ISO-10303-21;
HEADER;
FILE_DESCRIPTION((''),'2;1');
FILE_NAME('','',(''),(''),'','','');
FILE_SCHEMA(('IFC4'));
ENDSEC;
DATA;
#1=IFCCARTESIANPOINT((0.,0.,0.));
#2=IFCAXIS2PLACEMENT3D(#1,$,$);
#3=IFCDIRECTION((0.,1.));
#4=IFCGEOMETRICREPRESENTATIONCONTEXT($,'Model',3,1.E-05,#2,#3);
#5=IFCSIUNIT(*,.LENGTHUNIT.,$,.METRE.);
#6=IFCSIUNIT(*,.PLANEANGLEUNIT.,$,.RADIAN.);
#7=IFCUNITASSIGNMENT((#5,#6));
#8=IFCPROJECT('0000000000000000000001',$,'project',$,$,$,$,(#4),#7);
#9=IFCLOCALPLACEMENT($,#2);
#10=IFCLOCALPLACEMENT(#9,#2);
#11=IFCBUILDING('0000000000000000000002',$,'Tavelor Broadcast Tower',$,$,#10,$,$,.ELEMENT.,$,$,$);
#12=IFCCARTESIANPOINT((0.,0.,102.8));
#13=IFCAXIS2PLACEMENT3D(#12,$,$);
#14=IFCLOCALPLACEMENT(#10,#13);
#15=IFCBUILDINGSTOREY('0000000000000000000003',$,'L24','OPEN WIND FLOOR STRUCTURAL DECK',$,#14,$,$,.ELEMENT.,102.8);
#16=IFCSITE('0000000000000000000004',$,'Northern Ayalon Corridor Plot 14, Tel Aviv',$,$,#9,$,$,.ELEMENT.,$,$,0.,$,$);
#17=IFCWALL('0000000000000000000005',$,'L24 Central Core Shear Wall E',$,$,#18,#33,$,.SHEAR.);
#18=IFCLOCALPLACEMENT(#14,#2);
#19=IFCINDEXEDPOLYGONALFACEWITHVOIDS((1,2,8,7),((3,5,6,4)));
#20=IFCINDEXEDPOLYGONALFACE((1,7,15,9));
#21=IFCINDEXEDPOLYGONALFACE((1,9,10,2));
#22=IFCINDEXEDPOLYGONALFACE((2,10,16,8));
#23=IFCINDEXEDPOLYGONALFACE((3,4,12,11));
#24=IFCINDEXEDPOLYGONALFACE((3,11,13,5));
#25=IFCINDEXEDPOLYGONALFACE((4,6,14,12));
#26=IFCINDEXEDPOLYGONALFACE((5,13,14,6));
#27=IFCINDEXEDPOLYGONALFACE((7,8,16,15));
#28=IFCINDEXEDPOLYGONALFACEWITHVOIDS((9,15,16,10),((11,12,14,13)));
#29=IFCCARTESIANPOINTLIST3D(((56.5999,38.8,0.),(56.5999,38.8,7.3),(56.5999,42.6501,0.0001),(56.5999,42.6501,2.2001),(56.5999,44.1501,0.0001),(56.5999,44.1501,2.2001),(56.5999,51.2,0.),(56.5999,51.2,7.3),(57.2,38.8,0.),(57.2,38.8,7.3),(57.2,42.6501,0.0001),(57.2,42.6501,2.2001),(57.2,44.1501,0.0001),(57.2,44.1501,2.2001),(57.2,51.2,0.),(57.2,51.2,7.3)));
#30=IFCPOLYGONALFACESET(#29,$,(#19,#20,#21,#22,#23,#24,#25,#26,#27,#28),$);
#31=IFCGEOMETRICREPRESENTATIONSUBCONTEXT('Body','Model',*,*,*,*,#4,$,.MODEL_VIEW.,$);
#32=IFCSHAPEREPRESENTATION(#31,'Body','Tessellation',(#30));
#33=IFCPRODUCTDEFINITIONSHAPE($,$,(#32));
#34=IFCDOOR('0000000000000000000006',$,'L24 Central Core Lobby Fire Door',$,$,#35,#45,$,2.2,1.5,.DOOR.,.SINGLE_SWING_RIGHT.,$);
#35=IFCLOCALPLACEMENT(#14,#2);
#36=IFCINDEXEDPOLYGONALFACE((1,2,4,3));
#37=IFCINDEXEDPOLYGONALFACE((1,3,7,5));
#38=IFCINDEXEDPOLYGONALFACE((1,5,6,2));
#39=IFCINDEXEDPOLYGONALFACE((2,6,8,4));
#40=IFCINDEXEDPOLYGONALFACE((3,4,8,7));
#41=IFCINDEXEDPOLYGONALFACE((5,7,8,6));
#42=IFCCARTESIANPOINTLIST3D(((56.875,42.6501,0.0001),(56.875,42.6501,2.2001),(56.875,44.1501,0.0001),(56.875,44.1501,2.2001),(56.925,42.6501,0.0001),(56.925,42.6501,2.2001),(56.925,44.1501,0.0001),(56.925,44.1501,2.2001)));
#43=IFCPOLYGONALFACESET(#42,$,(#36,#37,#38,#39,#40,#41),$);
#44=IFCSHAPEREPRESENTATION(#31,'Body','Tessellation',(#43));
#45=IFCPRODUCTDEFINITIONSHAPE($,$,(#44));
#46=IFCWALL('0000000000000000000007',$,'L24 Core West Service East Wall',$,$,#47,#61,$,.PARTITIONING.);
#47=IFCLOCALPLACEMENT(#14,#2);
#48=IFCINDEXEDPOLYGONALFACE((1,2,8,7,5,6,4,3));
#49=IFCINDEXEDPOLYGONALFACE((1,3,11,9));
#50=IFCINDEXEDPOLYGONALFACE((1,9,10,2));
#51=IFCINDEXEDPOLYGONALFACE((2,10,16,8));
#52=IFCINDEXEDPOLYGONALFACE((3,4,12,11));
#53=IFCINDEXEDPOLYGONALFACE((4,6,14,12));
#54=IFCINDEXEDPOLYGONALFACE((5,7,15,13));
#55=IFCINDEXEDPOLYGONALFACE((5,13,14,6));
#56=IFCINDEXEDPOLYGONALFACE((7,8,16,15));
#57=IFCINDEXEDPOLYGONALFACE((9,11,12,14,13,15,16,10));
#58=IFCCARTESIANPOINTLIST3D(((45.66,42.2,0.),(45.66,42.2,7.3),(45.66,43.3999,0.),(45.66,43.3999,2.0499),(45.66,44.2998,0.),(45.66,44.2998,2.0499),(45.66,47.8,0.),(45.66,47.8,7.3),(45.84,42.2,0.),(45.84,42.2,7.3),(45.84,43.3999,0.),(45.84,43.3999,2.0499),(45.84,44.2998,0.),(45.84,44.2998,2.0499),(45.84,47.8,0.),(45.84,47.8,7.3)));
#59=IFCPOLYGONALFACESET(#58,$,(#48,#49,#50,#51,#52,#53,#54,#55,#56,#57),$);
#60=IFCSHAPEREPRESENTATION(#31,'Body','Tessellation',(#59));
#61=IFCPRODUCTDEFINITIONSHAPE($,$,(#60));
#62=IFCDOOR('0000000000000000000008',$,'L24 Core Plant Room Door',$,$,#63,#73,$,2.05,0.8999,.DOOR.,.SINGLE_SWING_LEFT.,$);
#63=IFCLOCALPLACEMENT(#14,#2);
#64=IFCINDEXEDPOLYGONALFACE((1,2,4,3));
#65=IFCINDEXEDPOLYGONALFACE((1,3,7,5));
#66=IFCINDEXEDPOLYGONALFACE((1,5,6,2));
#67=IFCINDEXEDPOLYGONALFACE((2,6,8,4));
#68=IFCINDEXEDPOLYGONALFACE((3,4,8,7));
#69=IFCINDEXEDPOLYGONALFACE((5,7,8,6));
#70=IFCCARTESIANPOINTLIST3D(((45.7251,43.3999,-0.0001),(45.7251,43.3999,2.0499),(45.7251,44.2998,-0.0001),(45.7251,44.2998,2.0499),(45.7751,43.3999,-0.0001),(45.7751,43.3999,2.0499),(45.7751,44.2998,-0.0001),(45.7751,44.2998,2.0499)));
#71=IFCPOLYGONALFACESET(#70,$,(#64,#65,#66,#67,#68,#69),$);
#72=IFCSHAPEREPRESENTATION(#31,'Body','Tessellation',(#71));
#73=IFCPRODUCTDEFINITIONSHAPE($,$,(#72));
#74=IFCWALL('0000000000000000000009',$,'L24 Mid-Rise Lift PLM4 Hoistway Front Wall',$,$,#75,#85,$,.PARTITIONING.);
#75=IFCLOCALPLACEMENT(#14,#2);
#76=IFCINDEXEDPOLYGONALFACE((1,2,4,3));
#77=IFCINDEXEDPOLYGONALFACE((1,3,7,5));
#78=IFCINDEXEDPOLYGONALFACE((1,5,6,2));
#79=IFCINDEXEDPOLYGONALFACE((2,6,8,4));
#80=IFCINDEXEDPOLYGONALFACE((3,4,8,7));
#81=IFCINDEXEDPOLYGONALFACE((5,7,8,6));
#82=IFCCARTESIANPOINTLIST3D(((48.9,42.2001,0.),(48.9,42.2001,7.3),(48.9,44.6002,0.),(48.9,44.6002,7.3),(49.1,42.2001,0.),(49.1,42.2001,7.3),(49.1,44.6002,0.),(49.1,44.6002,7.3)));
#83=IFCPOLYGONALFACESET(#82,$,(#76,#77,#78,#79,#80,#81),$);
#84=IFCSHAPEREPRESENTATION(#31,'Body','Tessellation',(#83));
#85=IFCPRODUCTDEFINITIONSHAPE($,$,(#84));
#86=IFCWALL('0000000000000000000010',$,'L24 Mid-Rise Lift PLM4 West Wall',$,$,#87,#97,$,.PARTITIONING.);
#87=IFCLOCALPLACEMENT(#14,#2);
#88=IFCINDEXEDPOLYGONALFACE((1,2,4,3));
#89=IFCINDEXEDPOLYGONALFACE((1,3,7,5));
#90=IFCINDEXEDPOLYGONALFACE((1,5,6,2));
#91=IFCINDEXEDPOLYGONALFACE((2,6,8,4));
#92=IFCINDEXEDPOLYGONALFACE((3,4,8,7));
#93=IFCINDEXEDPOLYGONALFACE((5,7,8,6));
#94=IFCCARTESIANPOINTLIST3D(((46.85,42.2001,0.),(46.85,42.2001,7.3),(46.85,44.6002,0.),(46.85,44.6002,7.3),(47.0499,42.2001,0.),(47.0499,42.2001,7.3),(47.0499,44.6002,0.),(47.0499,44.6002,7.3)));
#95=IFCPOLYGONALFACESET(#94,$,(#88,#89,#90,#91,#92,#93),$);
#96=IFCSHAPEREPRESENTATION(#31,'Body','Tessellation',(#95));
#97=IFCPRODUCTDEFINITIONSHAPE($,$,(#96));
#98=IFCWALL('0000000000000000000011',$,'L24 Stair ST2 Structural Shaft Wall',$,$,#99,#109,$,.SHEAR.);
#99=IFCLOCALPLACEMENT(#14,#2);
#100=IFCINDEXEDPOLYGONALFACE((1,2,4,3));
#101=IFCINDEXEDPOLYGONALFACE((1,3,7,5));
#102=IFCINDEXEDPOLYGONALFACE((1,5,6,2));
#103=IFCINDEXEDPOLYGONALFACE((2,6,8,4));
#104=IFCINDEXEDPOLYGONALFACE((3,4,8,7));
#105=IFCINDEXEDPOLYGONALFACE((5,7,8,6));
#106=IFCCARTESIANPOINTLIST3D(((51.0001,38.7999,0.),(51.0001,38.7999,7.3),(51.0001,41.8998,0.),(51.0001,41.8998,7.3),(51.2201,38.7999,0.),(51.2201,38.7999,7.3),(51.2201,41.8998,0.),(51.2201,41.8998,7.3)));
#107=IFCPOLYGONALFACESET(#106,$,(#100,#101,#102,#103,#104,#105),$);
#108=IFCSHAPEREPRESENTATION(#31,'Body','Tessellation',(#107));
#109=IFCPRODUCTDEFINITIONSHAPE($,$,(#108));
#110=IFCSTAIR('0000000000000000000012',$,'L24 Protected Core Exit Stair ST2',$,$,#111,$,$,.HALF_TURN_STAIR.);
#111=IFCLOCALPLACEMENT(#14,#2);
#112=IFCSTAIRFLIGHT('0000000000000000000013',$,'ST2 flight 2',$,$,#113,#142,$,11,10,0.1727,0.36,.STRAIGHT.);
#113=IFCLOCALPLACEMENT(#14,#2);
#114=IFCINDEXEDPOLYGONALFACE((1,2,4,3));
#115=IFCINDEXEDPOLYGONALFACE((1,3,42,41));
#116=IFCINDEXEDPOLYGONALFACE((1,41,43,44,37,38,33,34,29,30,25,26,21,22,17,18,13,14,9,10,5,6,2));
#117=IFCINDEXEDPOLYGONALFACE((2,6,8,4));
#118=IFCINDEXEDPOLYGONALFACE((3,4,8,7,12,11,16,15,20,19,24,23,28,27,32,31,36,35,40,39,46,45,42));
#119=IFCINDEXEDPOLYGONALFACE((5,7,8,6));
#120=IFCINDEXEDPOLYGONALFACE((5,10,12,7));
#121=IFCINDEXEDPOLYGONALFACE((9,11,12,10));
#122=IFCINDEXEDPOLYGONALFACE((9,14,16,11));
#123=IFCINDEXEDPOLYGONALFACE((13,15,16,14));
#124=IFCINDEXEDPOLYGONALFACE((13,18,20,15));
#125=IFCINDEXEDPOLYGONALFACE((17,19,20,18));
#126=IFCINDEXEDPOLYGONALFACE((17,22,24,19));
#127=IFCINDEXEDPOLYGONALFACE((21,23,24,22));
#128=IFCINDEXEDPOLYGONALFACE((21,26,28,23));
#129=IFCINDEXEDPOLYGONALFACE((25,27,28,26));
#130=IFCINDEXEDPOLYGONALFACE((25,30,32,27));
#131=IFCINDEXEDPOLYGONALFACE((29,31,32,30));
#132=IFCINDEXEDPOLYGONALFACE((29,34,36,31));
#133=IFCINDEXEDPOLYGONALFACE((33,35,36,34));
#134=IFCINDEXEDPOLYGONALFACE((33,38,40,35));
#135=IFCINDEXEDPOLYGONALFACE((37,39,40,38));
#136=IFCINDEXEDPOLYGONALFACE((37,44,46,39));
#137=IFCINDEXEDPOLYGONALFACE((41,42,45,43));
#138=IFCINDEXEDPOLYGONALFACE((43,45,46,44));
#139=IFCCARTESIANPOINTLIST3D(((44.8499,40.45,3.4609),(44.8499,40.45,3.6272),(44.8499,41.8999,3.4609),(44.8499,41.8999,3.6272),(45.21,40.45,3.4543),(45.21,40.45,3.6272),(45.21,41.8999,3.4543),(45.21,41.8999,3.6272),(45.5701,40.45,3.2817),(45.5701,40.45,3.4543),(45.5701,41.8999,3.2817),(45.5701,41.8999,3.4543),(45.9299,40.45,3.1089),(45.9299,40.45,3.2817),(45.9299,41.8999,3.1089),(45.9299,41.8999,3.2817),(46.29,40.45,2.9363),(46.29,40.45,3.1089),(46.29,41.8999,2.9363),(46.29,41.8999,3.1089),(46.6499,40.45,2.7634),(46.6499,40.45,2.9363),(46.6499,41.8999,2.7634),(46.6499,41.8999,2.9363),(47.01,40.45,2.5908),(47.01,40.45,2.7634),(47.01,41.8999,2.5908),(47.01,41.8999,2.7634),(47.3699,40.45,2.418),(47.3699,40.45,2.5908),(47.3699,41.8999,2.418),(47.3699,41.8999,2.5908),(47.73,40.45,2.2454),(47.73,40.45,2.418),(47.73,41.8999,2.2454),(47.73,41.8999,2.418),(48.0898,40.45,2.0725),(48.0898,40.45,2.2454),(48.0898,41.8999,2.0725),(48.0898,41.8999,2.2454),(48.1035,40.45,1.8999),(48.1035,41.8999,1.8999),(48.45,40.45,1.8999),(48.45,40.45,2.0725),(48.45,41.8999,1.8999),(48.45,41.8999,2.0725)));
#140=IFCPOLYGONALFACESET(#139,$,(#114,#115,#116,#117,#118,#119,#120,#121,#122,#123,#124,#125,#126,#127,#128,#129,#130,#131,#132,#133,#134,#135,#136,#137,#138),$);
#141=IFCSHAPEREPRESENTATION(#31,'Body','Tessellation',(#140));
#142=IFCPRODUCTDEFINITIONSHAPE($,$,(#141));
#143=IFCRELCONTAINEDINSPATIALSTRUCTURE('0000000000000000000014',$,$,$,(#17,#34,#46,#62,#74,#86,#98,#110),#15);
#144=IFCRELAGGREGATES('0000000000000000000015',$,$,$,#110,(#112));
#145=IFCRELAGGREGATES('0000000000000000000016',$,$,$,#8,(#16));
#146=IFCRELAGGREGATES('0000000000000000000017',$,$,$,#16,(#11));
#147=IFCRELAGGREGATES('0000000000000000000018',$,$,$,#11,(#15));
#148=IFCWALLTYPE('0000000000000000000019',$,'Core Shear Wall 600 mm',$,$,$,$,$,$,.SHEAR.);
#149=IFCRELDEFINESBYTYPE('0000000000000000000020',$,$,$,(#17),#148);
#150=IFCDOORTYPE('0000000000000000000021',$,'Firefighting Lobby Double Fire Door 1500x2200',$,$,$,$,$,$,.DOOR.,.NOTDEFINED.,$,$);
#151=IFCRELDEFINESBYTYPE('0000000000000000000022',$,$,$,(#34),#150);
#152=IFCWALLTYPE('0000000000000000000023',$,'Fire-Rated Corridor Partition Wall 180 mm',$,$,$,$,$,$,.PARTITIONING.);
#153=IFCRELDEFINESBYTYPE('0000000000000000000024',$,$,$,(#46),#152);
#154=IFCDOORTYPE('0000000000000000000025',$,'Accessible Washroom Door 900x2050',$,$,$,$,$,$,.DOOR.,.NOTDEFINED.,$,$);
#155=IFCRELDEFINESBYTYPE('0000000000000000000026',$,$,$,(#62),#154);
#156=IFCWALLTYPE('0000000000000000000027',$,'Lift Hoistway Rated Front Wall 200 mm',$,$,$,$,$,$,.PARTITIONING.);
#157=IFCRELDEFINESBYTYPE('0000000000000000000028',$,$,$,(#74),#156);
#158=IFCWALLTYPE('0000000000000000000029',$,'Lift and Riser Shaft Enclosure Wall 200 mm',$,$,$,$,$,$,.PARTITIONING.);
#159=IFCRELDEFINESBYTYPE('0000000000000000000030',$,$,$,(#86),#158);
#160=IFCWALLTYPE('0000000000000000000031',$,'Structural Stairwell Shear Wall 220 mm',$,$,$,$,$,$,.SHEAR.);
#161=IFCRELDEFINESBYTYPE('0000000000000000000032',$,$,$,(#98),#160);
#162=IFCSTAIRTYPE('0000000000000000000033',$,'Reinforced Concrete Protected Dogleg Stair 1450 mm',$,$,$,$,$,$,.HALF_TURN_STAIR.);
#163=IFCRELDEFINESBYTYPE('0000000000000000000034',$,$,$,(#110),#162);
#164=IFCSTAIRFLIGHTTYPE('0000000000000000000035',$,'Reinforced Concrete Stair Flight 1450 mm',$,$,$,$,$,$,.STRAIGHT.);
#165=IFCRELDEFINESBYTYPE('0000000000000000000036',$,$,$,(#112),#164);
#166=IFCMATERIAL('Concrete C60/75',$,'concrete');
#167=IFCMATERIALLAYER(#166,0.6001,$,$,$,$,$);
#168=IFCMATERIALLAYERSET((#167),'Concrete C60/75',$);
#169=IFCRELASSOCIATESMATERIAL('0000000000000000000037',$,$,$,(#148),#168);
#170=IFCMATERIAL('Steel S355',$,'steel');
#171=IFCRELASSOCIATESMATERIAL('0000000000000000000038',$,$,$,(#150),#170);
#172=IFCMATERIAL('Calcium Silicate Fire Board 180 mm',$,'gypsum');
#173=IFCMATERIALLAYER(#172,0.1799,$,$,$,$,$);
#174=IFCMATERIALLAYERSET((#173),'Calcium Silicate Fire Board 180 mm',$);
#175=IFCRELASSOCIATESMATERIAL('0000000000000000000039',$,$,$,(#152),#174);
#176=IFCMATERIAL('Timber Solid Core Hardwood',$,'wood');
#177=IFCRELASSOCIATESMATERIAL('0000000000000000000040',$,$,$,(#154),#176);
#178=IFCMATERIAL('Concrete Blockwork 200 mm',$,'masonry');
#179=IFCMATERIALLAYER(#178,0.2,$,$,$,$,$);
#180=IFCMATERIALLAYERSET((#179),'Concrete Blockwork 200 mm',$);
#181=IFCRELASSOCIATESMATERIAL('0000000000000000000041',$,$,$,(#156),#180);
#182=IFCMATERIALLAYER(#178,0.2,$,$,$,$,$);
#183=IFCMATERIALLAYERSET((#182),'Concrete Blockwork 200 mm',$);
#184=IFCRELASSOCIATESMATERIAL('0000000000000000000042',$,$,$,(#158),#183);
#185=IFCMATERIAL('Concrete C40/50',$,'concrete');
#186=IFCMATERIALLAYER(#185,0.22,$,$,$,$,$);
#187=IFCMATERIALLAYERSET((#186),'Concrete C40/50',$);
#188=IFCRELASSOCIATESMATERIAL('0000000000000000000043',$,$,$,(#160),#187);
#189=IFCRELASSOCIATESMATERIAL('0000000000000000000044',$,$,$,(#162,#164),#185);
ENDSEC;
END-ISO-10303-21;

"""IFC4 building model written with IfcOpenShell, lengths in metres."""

from ifc_helpers import new_model, si_unit, direction, frame, frame_2d, origin, place, context, subcontext, project, spatial, polyline, rectangle, outline, extrude, material, layer, layer_set, type_object, element, fill, aggregate, save


model = new_model("IFC4")

# Units and contexts
model_context = context("Model", 3, precision=1e-05, world=origin(), true_north=direction((0.0, 1.0)))
body_context = subcontext(model_context, "Body", "Model", "MODEL_VIEW")
ifc_project = project(units=[si_unit("LENGTHUNIT", "METRE"), si_unit("PLANEANGLEUNIT", "RADIAN")], contexts=[model_context])

# Site, building, storey
site_placement = place(None, origin())
site = spatial("IfcSite", under=ifc_project, at=site_placement, Name="Northern Ayalon Corridor Plot 14, Tel Aviv", CompositionType="ELEMENT", RefElevation=0.0)
building_placement = place(site_placement, origin())
building = spatial("IfcBuilding", under=site, at=building_placement, Name="Tavelor Broadcast Tower", CompositionType="ELEMENT")
storey_placement = place(building_placement, frame((0.0, 0.0, 102.8)))
storey = spatial("IfcBuildingStorey", under=building, at=storey_placement, Name="L24", Description="OPEN WIND FLOOR STRUCTURAL DECK", CompositionType="ELEMENT", Elevation=102.8)

# Shared definitions
ifc_material_1 = material(Name="Concrete C60/75", Category="concrete")

# Shared definitions
ifc_material_2 = material(Name="Concrete C40/50", Category="concrete")
ifc_material_3 = material(Name="Steel S355", Category="steel")

# Walls, openings, doors
ifc_layer_1 = layer(ifc_material_1, 0.6001)
ifc_layer_set_1 = layer_set([ifc_layer_1], Name="Concrete C60/75")
wall_type_1 = type_object("IfcWallType", Name="Core Shear Wall 600 mm", PredefinedType="SHEAR", material=ifc_layer_set_1)
wall_1_placement = place(storey_placement, frame((56.8999, 38.8, 0.0), z_axis=(0.0, 0.0, 1.0), x_axis=(0.0, 1.0, 0.0)))
wall_1 = element("IfcWall", 1, at=wall_1_placement, inside=storey, type_object=wall_type_1, Name="L24 Central Core Shear Wall E", PredefinedType="SHEAR", context=body_context, shape_type="SweptSolid", body=[
    extrude(rectangle(XDim=12.3999, YDim=0.6001, at=frame_2d((6.2, 0.0))), origin(), (0.0, 0.0, 1.0), 7.3),
])
opening_1_placement = place(wall_1_placement, frame((3.8501, 0.0, 0.0)))
opening_1 = element("IfcOpeningElement", 2, at=opening_1_placement, cuts=wall_1, PredefinedType="OPENING", context=body_context, shape_type="SweptSolid", body=[
    extrude(rectangle(XDim=1.5, YDim=2.2, at=frame_2d((0.75, 1.1001))), frame((0.0, 0.3101, 0.0), z_axis=(0.0, -1.0, 0.0), x_axis=(1.0, 0.0, 0.0)), (0.0, 0.0, 1.0), 0.6201),
])
door_type_1 = type_object("IfcDoorType", Name="Firefighting Lobby Double Fire Door 1500x2200", OperationType="NOTDEFINED", PredefinedType="DOOR", material=ifc_material_3)
door_1_placement = place(opening_1_placement, origin())
door_1 = element("IfcDoor", 3, at=door_1_placement, inside=storey, type_object=door_type_1, Name="L24 Central Core Lobby Fire Door", OperationType="SINGLE_SWING_RIGHT", OverallHeight=2.2, OverallWidth=1.5, PredefinedType="DOOR", context=body_context, shape_type="SweptSolid", body=[
    extrude(rectangle(XDim=1.5, YDim=2.2, at=frame_2d((0.75, 1.1001))), frame((0.0, 0.0249, 0.0), z_axis=(0.0, -1.0, 0.0), x_axis=(1.0, 0.0, 0.0)), (0.0, 0.0, 1.0), 0.05),
])
fill(opening_1, door_1)
ifc_material_4 = material(Name="Calcium Silicate Fire Board 180 mm", Category="gypsum")
ifc_layer_2 = layer(ifc_material_4, 0.1799)
ifc_layer_set_2 = layer_set([ifc_layer_2], Name="Calcium Silicate Fire Board 180 mm")
wall_type_2 = type_object("IfcWallType", Name="Fire-Rated Corridor Partition Wall 180 mm", PredefinedType="PARTITIONING", material=ifc_layer_set_2)
wall_2_placement = place(storey_placement, frame((45.75, 42.2, 0.0), z_axis=(0.0, 0.0, 1.0), x_axis=(0.0, 1.0, 0.0)))
wall_2 = element("IfcWall", 4, at=wall_2_placement, inside=storey, type_object=wall_type_2, Name="L24 Core West Service East Wall", PredefinedType="PARTITIONING", context=body_context, shape_type="SweptSolid", body=[
    extrude(rectangle(XDim=5.6001, YDim=0.1799, at=frame_2d((2.8, 0.0))), origin(), (0.0, 0.0, 1.0), 7.3),
])
opening_2_placement = place(wall_2_placement, frame((1.2, 0.0, 0.0)))
opening_2 = element("IfcOpeningElement", 5, at=opening_2_placement, cuts=wall_2, PredefinedType="OPENING", context=body_context, shape_type="SweptSolid", body=[
    extrude(rectangle(XDim=0.8999, YDim=2.05, at=frame_2d((0.45, 1.0249))), frame((0.0, 0.1001, 0.0), z_axis=(0.0, -1.0, 0.0), x_axis=(1.0, 0.0, 0.0)), (0.0, 0.0, 1.0), 0.2),
])
ifc_material_5 = material(Name="Timber Solid Core Hardwood", Category="wood")
door_type_2 = type_object("IfcDoorType", Name="Accessible Washroom Door 900x2050", OperationType="NOTDEFINED", PredefinedType="DOOR", material=ifc_material_5)
door_2_placement = place(opening_2_placement, origin())
door_2 = element("IfcDoor", 6, at=door_2_placement, inside=storey, type_object=door_type_2, Name="L24 Core Plant Room Door", OperationType="SINGLE_SWING_LEFT", OverallHeight=2.05, OverallWidth=0.8999, PredefinedType="DOOR", context=body_context, shape_type="SweptSolid", body=[
    extrude(rectangle(XDim=0.8999, YDim=2.05, at=frame_2d((0.45, 1.0249))), frame((0.0, 0.0249, 0.0), z_axis=(0.0, -1.0, 0.0), x_axis=(1.0, 0.0, 0.0)), (0.0, 0.0, 1.0), 0.05),
])
fill(opening_2, door_2)

# Walls
ifc_material_6 = material(Name="Concrete Blockwork 200 mm", Category="masonry")
ifc_layer_3 = layer(ifc_material_6, 0.2)
ifc_layer_set_3 = layer_set([ifc_layer_3], Name="Concrete Blockwork 200 mm")
wall_type_3 = type_object("IfcWallType", Name="Lift Hoistway Rated Front Wall 200 mm", PredefinedType="PARTITIONING", material=ifc_layer_set_3)
wall_3_placement = place(storey_placement, frame((49.0, 42.2, 0.0), z_axis=(0.0, 0.0, 1.0), x_axis=(0.0, 1.0, 0.0)))
element("IfcWall", 7, at=wall_3_placement, inside=storey, type_object=wall_type_3, Name="L24 Mid-Rise Lift PLM4 Hoistway Front Wall", PredefinedType="PARTITIONING", context=body_context, shape_type="SweptSolid", body=[
    extrude(rectangle(XDim=2.4001, YDim=0.2, at=frame_2d((1.2002, 0.0))), origin(), (0.0, 0.0, 1.0), 7.3),
])
ifc_layer_4 = layer(ifc_material_6, 0.2)
ifc_layer_set_4 = layer_set([ifc_layer_4], Name="Concrete Blockwork 200 mm")
wall_type_4 = type_object("IfcWallType", Name="Lift and Riser Shaft Enclosure Wall 200 mm", PredefinedType="PARTITIONING", material=ifc_layer_set_4)
wall_4_placement = place(storey_placement, frame((46.95, 42.2, 0.0), z_axis=(0.0, 0.0, 1.0), x_axis=(0.0, 1.0, 0.0)))
element("IfcWall", 8, at=wall_4_placement, inside=storey, type_object=wall_type_4, Name="L24 Mid-Rise Lift PLM4 West Wall", PredefinedType="PARTITIONING", context=body_context, shape_type="SweptSolid", body=[
    extrude(rectangle(XDim=2.4001, YDim=0.2, at=frame_2d((1.2002, 0.0))), origin(), (0.0, 0.0, 1.0), 7.3),
])
ifc_layer_5 = layer(ifc_material_2, 0.22)
ifc_layer_set_5 = layer_set([ifc_layer_5], Name="Concrete C40/50")
wall_type_5 = type_object("IfcWallType", Name="Structural Stairwell Shear Wall 220 mm", PredefinedType="SHEAR", material=ifc_layer_set_5)
wall_5_placement = place(storey_placement, frame((51.1101, 38.8, 0.0), z_axis=(0.0, 0.0, 1.0), x_axis=(0.0, 1.0, 0.0)))
element("IfcWall", 9, at=wall_5_placement, inside=storey, type_object=wall_type_5, Name="L24 Stair ST2 Structural Shaft Wall", PredefinedType="SHEAR", context=body_context, shape_type="SweptSolid", body=[
    extrude(rectangle(XDim=3.0999, YDim=0.22, at=frame_2d((1.5498, 0.0))), origin(), (0.0, 0.0, 1.0), 7.3),
])

# Stair, stair flight
stair_type = type_object("IfcStairType", Name="Reinforced Concrete Protected Dogleg Stair 1450 mm", PredefinedType="HALF_TURN_STAIR", material=ifc_material_2)
stair_placement = place(storey_placement, origin())
stair = element("IfcStair", 10, at=stair_placement, inside=storey, type_object=stair_type, Name="L24 Protected Core Exit Stair ST2", PredefinedType="HALF_TURN_STAIR")
stair_flight_type = type_object("IfcStairFlightType", Name="Reinforced Concrete Stair Flight 1450 mm", PredefinedType="STRAIGHT", material=ifc_material_2)
stair_flight_1_placement = place(storey_placement, frame((48.45, 41.175, 1.8999), z_axis=(0.0, 0.0, 1.0), x_axis=(-1.0, 0.0, 0.0)))
stair_flight_1 = element("IfcStairFlight", 11, at=stair_flight_1_placement, type_object=stair_flight_type, Name="ST2 flight 2", NumberOfRisers=11, NumberOfTreads=10, PredefinedType="STRAIGHT", RiserHeight=0.1727, TreadLength=0.36, context=body_context, shape_type="SweptSolid", body=[
    extrude(outline(polyline([(0.0, 0.0), (0.0, 0.1726), (0.3601, 0.1726), (0.3601, 0.3455), (0.72, 0.3455), (0.72, 0.5181), (1.0801, 0.5181), (1.0801, 0.6909), (1.4399, 0.6909), (1.4399, 0.8635), (1.8, 0.8635), (1.8, 1.0364), (2.1599, 1.0364), (2.1599, 1.209), (2.52, 1.209), (2.52, 1.3818), (2.8799, 1.3818), (2.8799, 1.5544), (3.24, 1.5544), (3.24, 1.7273), (3.6001, 1.7273), (3.6001, 1.8999), (3.6001, 1.561), (0.3464, 0.0), (0.0, 0.0)])), frame((0.0, 0.7251, 0.0), z_axis=(0.0, -1.0, 0.0), x_axis=(1.0, 0.0, 0.0)), (0.0, 0.0, 1.0), 1.45),
])
aggregate(stair, [stair_flight_1])

save(model, "model.ifc")
